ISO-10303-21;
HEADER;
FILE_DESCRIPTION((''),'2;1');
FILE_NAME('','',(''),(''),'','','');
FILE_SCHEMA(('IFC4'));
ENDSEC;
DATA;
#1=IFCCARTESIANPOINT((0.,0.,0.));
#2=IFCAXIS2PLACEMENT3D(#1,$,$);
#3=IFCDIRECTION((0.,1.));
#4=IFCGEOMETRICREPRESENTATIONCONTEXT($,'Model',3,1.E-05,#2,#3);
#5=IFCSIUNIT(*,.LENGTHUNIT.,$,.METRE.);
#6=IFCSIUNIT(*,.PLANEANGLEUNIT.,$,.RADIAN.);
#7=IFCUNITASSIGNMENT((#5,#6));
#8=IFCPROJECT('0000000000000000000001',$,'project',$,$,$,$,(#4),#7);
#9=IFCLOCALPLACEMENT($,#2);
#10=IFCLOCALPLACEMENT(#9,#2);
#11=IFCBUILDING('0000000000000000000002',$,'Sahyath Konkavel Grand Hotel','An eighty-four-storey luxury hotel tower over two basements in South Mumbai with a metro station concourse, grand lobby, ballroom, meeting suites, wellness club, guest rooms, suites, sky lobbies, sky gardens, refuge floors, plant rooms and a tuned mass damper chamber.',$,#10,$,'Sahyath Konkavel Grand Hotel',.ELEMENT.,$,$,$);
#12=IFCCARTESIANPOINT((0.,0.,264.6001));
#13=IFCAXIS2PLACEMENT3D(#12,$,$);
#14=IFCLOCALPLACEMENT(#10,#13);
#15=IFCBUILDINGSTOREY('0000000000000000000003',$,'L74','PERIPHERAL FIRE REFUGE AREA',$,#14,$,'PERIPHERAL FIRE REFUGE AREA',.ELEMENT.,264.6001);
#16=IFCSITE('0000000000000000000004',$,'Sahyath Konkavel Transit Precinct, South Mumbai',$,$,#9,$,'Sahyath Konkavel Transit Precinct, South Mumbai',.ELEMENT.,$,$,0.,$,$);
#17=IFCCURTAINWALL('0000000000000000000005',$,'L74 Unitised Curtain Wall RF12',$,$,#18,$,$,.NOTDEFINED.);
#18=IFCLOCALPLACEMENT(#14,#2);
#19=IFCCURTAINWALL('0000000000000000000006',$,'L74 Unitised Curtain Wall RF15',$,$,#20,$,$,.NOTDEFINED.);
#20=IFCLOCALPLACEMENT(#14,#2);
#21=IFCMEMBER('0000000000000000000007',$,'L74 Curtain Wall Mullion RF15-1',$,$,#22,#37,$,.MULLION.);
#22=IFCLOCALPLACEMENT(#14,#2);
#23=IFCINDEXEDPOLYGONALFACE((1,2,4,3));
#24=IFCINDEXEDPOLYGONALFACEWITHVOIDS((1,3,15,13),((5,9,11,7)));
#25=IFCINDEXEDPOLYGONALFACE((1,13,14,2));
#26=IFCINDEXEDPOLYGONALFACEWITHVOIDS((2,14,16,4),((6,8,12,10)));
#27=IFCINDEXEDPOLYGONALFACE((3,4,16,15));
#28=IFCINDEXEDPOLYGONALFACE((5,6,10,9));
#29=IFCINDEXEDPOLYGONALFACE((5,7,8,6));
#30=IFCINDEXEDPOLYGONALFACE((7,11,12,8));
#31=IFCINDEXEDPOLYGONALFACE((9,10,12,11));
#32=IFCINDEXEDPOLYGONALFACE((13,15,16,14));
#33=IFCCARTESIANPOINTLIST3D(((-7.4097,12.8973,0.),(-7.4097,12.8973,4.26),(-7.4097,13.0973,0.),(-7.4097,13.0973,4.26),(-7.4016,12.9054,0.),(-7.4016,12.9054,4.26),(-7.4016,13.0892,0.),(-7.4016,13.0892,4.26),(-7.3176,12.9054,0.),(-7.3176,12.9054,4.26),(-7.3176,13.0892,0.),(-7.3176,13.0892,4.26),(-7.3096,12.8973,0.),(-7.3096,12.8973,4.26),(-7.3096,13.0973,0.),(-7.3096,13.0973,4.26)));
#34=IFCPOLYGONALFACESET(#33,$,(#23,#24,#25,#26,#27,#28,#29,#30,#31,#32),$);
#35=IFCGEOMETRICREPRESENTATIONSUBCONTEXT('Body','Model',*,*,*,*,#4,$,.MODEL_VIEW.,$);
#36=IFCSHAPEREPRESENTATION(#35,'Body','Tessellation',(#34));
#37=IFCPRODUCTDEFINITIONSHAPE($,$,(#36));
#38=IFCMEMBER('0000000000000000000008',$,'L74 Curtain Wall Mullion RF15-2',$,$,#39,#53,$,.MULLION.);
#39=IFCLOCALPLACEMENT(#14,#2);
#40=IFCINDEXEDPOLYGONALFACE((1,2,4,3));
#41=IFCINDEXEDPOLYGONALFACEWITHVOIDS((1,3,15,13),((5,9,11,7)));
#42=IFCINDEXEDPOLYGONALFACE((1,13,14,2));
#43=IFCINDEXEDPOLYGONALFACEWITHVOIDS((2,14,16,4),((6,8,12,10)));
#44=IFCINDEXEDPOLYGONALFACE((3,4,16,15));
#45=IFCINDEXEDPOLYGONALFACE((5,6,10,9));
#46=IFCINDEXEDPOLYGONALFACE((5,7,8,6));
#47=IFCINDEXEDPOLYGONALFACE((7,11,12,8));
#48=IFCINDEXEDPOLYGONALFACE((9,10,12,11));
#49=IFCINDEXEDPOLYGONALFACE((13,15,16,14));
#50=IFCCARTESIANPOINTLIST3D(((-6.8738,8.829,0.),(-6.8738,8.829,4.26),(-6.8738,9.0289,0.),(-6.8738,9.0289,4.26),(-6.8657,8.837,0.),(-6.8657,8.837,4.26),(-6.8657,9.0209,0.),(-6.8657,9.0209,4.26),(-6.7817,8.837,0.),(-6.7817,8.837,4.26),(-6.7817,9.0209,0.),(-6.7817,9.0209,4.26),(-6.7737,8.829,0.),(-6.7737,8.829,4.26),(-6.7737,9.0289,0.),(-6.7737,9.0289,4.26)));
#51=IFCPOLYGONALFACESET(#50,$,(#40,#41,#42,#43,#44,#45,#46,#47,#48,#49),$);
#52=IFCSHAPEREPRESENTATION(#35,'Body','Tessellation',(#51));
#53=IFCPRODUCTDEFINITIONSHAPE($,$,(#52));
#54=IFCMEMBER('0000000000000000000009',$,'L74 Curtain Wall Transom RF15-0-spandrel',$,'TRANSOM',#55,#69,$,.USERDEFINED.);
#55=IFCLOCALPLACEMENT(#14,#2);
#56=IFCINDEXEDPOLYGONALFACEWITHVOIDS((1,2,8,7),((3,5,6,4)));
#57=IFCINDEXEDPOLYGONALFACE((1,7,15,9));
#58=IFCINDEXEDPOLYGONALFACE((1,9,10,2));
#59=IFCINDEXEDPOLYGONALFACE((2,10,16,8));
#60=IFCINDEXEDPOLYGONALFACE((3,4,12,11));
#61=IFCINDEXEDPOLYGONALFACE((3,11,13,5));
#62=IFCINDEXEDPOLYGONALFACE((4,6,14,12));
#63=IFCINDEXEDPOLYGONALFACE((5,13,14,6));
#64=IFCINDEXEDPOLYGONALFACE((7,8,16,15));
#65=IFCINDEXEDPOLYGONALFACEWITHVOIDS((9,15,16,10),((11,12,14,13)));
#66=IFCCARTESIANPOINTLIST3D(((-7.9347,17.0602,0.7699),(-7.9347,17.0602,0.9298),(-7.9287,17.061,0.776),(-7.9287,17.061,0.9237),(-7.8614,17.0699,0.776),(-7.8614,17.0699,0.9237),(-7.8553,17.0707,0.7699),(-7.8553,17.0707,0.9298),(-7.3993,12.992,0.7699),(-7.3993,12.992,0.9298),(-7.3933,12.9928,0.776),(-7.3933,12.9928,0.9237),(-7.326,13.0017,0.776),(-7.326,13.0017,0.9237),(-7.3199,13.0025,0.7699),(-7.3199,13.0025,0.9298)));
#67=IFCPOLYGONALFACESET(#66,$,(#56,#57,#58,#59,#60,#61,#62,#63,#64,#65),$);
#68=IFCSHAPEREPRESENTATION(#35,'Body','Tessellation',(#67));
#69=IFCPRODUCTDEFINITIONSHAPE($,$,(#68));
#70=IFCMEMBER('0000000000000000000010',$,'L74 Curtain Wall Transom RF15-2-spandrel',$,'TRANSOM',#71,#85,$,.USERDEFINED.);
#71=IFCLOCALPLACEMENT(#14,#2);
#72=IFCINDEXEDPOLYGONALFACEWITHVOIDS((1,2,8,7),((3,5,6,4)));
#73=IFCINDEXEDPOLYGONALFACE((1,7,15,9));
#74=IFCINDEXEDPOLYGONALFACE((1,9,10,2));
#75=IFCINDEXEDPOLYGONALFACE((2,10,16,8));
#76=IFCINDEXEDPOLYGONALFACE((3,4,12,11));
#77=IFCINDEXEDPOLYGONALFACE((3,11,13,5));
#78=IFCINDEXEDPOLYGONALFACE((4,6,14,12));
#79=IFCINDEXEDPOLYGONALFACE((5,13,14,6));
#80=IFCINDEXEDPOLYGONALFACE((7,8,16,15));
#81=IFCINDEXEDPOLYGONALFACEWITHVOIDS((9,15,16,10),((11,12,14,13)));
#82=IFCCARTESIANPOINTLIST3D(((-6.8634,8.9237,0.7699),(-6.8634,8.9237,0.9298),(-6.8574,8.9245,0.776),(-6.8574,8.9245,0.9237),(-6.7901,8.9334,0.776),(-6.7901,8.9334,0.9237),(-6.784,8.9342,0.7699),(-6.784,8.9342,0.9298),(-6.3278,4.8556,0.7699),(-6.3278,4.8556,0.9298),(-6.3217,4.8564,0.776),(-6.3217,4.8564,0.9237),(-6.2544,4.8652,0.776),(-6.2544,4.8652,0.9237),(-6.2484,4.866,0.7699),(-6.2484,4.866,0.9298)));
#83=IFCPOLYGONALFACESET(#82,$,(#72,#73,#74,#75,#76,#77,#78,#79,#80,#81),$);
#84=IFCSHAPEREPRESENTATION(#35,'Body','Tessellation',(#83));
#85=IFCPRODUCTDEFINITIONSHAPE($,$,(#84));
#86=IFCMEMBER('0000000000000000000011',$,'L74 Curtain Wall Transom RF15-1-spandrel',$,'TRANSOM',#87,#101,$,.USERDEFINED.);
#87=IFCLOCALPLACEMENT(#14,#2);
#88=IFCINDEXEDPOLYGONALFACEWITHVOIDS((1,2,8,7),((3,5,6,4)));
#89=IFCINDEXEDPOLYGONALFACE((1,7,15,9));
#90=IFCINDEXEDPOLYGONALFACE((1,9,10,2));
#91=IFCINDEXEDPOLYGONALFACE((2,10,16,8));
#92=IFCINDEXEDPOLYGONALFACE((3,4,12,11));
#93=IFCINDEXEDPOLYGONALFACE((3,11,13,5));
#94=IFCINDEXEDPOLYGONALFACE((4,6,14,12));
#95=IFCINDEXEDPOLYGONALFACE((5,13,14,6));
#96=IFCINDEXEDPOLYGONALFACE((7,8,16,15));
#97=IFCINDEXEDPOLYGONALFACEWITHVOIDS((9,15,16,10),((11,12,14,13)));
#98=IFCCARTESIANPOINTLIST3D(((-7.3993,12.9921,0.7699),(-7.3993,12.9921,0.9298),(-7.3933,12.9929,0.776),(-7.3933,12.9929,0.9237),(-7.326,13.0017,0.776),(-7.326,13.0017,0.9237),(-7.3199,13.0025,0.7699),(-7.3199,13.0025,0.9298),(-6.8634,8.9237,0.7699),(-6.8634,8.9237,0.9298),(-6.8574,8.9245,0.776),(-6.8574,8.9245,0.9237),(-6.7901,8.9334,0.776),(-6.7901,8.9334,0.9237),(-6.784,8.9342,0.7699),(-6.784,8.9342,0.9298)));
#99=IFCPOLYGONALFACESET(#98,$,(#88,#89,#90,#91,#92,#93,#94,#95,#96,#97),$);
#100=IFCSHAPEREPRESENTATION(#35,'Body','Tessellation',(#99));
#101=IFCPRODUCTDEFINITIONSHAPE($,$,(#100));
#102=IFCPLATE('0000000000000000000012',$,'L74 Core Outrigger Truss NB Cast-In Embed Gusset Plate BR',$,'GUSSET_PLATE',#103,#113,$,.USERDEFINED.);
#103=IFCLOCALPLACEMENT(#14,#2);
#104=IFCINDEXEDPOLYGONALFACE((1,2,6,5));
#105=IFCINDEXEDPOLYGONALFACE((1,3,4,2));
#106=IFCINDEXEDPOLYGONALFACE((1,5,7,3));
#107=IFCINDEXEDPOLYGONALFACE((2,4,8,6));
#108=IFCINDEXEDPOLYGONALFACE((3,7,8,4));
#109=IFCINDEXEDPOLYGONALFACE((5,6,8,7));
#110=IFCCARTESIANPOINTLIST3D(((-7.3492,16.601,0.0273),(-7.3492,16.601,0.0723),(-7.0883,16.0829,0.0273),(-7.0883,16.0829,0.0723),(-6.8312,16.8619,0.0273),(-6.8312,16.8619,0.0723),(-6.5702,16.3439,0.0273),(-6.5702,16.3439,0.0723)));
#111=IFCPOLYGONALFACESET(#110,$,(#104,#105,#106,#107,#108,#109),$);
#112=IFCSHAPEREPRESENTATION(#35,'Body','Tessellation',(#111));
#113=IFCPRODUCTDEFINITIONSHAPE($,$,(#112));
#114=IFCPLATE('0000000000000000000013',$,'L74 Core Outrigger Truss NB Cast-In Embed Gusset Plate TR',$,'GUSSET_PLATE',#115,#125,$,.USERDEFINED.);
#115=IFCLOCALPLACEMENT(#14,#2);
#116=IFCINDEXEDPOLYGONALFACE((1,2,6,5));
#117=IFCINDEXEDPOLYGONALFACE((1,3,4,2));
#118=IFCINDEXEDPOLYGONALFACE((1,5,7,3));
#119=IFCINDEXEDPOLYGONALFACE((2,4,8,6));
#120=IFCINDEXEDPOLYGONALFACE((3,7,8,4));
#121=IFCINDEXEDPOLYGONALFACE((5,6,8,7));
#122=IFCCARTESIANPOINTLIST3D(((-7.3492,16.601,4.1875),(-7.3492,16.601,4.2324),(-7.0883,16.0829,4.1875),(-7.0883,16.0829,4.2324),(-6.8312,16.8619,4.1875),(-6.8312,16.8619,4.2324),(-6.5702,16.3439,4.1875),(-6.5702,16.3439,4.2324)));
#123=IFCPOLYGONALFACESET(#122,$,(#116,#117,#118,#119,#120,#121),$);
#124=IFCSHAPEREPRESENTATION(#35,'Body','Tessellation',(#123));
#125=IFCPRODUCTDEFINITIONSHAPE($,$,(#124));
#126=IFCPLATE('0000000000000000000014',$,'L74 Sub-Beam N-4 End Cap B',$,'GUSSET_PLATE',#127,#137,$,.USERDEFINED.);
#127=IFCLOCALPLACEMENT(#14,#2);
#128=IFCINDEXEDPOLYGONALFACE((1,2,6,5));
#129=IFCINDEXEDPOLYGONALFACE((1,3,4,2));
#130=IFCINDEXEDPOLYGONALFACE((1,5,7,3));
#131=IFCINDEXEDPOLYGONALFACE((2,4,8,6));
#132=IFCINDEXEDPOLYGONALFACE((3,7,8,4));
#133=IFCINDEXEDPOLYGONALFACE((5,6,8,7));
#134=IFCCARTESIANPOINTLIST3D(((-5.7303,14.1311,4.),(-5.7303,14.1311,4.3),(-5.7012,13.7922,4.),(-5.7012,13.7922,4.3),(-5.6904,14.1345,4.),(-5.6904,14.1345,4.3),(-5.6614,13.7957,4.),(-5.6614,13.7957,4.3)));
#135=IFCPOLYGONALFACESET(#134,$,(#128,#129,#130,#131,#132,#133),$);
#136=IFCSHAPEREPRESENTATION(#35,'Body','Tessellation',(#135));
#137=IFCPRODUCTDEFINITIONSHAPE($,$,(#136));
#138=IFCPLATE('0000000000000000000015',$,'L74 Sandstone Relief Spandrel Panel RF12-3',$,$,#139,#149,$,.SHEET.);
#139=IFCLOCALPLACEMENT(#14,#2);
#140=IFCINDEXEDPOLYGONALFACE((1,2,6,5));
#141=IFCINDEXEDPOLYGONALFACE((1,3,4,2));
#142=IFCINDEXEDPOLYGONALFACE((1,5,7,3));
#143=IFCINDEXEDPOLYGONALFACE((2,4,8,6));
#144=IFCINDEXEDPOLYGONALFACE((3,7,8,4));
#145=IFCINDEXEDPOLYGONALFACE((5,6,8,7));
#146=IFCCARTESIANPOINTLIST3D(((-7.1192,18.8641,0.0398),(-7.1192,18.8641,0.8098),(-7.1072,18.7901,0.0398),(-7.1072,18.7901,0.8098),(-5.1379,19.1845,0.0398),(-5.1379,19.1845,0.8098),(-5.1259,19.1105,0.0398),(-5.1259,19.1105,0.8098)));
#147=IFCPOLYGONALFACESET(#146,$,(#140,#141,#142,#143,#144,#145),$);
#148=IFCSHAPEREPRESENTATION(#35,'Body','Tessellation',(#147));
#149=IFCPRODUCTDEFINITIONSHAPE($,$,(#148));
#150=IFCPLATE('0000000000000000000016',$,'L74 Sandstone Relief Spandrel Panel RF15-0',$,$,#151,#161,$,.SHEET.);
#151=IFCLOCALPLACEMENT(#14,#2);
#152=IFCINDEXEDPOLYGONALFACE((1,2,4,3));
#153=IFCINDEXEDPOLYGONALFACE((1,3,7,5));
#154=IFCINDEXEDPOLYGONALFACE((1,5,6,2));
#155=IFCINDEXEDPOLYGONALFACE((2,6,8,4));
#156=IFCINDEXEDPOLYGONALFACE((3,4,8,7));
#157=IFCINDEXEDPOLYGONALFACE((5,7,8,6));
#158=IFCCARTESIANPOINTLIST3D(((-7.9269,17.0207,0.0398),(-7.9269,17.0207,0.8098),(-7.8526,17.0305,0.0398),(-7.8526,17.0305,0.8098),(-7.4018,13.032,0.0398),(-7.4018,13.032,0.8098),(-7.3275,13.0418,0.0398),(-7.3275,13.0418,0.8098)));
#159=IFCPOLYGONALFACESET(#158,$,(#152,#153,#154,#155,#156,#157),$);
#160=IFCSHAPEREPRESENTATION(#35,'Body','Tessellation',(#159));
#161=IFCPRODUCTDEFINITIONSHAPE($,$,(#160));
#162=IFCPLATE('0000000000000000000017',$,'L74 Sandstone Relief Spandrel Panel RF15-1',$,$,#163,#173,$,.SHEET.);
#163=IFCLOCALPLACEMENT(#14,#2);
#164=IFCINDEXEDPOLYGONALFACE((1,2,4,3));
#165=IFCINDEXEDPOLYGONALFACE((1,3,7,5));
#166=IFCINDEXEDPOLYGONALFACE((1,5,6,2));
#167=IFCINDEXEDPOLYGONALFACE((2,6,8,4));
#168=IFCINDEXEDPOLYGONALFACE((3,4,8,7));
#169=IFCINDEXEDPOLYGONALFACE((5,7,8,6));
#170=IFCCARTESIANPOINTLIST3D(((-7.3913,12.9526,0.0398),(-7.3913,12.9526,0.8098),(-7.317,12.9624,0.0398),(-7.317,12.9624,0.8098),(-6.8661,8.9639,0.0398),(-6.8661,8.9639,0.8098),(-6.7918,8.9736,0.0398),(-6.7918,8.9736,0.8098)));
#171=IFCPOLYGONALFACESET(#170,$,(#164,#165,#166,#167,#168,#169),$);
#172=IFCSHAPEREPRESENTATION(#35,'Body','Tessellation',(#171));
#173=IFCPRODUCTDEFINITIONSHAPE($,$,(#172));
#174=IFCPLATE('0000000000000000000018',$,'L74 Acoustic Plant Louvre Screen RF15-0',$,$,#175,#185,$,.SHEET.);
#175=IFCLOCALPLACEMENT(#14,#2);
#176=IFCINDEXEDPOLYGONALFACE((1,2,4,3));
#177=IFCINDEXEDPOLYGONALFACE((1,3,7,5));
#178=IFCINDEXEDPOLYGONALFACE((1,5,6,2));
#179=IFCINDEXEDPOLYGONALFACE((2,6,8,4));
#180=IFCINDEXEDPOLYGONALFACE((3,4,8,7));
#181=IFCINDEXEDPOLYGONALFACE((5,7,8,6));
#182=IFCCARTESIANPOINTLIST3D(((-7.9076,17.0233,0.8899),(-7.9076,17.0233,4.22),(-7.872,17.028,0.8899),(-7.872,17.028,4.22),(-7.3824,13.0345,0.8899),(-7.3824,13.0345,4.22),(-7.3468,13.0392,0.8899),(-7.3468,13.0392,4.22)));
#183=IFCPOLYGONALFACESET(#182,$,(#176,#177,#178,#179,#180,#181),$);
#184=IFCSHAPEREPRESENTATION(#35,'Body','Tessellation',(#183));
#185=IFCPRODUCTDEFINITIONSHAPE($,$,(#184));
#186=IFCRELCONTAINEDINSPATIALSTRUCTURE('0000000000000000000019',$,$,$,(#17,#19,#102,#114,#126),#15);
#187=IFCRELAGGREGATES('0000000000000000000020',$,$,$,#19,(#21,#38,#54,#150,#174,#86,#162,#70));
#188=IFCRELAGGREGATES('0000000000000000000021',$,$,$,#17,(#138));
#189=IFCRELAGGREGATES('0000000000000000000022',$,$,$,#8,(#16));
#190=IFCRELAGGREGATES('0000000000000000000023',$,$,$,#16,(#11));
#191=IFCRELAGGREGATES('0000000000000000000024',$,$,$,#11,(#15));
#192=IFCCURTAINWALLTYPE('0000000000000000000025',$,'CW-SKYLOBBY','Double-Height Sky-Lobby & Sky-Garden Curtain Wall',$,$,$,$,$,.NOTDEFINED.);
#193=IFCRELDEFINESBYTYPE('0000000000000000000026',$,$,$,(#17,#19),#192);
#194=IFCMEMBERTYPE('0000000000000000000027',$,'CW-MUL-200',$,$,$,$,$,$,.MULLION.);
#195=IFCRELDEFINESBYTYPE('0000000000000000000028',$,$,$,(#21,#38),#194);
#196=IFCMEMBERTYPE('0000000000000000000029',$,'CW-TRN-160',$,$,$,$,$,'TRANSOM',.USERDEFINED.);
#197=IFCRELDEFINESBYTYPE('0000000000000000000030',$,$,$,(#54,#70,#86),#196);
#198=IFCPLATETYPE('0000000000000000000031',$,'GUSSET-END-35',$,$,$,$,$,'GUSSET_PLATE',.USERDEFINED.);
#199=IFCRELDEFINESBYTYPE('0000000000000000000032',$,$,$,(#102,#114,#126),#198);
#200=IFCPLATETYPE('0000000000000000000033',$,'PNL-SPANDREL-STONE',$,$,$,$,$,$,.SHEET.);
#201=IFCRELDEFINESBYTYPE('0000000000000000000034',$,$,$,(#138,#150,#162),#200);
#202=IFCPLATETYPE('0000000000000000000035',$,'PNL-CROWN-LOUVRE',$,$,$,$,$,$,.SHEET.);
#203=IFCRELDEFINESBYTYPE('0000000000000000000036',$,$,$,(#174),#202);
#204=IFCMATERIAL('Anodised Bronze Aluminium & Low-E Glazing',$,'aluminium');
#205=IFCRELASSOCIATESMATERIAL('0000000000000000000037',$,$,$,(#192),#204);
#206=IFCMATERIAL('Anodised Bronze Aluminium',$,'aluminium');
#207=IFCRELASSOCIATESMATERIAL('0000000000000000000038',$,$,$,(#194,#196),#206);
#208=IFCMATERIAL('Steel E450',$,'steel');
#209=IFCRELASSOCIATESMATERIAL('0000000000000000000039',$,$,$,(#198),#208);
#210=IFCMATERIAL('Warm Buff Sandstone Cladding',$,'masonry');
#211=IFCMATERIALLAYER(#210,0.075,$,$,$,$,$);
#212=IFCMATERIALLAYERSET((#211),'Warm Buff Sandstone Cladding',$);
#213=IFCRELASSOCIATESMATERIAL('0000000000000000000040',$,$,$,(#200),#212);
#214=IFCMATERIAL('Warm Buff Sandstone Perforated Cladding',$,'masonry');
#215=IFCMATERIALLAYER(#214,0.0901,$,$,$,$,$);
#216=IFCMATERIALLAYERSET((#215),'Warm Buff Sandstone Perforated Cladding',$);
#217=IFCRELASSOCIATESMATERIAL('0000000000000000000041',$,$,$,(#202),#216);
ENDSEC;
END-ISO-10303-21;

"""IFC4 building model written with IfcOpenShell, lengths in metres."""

from ifc_helpers import new_model, si_unit, direction, frame, origin, origin_2d, place, context, subcontext, project, spatial, rectangle, hollow_rectangle, extrude, source, transform, mapped, material, layer, layer_set, material_profile, profile_set, type_object, element, aggregate, save


model = new_model("IFC4")

# Units and contexts
model_context = context("Model", 3, precision=1e-05, world=origin(), true_north=direction((0.0, 1.0)))
body_context = subcontext(model_context, "Body", "Model", "MODEL_VIEW")
ifc_project = project(units=[si_unit("LENGTHUNIT", "METRE"), si_unit("PLANEANGLEUNIT", "RADIAN")], contexts=[model_context])

# Site, building, storey
site_placement = place(None, origin())
site = spatial("IfcSite", under=ifc_project, at=site_placement, Name="Sahyath Konkavel Transit Precinct, South Mumbai", LongName="Sahyath Konkavel Transit Precinct, South Mumbai", CompositionType="ELEMENT", RefElevation=0.0)
building_placement = place(site_placement, origin())
building = spatial("IfcBuilding", under=site, at=building_placement, Name="Sahyath Konkavel Grand Hotel", Description="An eighty-four-storey luxury hotel tower over two basements in South Mumbai with a metro station concourse, grand lobby, ballroom, meeting suites, wellness club, guest rooms, suites, sky lobbies, sky gardens, refuge floors, plant rooms and a tuned mass damper chamber.", LongName="Sahyath Konkavel Grand Hotel", CompositionType="ELEMENT")
storey_placement = place(building_placement, frame((0.0, 0.0, 264.6001)))
storey = spatial("IfcBuildingStorey", under=building, at=storey_placement, Name="L74", Description="PERIPHERAL FIRE REFUGE AREA", LongName="PERIPHERAL FIRE REFUGE AREA", CompositionType="ELEMENT", Elevation=264.6001)

# Shared definitions
ifc_material_1 = material(Name="Steel E450", Category="steel")

# Curtain wall
ifc_material_2 = material(Name="Anodised Bronze Aluminium & Low-E Glazing", Category="aluminium")
curtain_wall_type = type_object("IfcCurtainWallType", Name="CW-SKYLOBBY", Description="Double-Height Sky-Lobby & Sky-Garden Curtain Wall", PredefinedType="NOTDEFINED", material=ifc_material_2)
curtain_wall_1_placement = place(storey_placement, origin())
curtain_wall_1 = element("IfcCurtainWall", 1, at=curtain_wall_1_placement, inside=storey, type_object=curtain_wall_type, Name="L74 Unitised Curtain Wall RF12", PredefinedType="NOTDEFINED")
ifc_material_3 = material(Name="Anodised Bronze Aluminium", Category="aluminium")
ifc_material_profile_1 = material_profile(ifc_material_3, hollow_rectangle(XDim=0.1001, YDim=0.2, WallThickness=0.0081, at=origin_2d()), Name="RHS 200x100x8")
ifc_profile_set_1 = profile_set([ifc_material_profile_1], Name="Anodised Bronze Aluminium")
member_type_1 = type_object("IfcMemberType", Name="CW-MUL-200", PredefinedType="MULLION", material=ifc_profile_set_1)
shared_shape_1 = source(origin(), body_context, "Body", "SweptSolid", [
    extrude(hollow_rectangle(XDim=0.1001, YDim=0.2, WallThickness=0.0081, at=origin_2d()), origin(), (0.0, 0.0, 1.0), 4.26),
])

# Curtain wall, members
curtain_wall_2_placement = place(storey_placement, origin())
curtain_wall_2 = element("IfcCurtainWall", 2, at=curtain_wall_2_placement, inside=storey, type_object=curtain_wall_type, Name="L74 Unitised Curtain Wall RF15", PredefinedType="NOTDEFINED")
member_1_placement = place(storey_placement, frame((-7.3596, 12.9973, 0.0), z_axis=(0.0, 0.0, 1.0), x_axis=(1.0, 0.0, 0.0)))
member_1 = element("IfcMember", 3, at=member_1_placement, type_object=member_type_1, Name="L74 Curtain Wall Mullion RF15-1", PredefinedType="MULLION", context=body_context, shape_type="MappedRepresentation", body=[
    mapped(shared_shape_1, transform((0.0, 0.0, 0.0), scale=1.0)),
])
member_2_placement = place(storey_placement, frame((-6.8237, 8.929, 0.0), z_axis=(0.0, 0.0, 1.0), x_axis=(1.0, 0.0, 0.0)))
member_2 = element("IfcMember", 4, at=member_2_placement, type_object=member_type_1, Name="L74 Curtain Wall Mullion RF15-2", PredefinedType="MULLION", context=body_context, shape_type="MappedRepresentation", body=[
    mapped(shared_shape_1, transform((0.0, 0.0, 0.0), scale=1.0)),
])
ifc_material_profile_2 = material_profile(ifc_material_3, hollow_rectangle(XDim=0.0801, YDim=0.1599, WallThickness=0.0061, at=origin_2d()), Name="RHS 160x80x6")
ifc_profile_set_2 = profile_set([ifc_material_profile_2], Name="Anodised Bronze Aluminium")
member_type_2 = type_object("IfcMemberType", Name="CW-TRN-160", ElementType="TRANSOM", PredefinedType="USERDEFINED", material=ifc_profile_set_2)
shared_shape_2 = source(origin(), body_context, "Body", "SweptSolid", [
    extrude(hollow_rectangle(XDim=0.0801, YDim=0.1599, WallThickness=0.0061, at=origin_2d()), origin(), (0.0, 0.0, 1.0), 4.1033),
])
member_3_placement = place(storey_placement, frame((-7.895, 17.0654, 0.8499), z_axis=(0.130484, -0.99145, 0.0), x_axis=(0.99145, 0.130484, 0.0)))
member_3 = element("IfcMember", 5, at=member_3_placement, type_object=member_type_2, Name="L74 Curtain Wall Transom RF15-0-spandrel", ObjectType="TRANSOM", PredefinedType="USERDEFINED", context=body_context, shape_type="MappedRepresentation", body=[
    mapped(shared_shape_2, transform((0.0, 0.0, 0.0), scale=1.0)),
])
member_4_placement = place(storey_placement, frame((-6.8237, 8.929, 0.8499), z_axis=(0.130542, -0.991443, 0.0), x_axis=(0.991443, 0.130542, 0.0)))
member_4 = element("IfcMember", 6, at=member_4_placement, type_object=member_type_2, Name="L74 Curtain Wall Transom RF15-2-spandrel", ObjectType="TRANSOM", PredefinedType="USERDEFINED", context=body_context, shape_type="MappedRepresentation", body=[
    mapped(shared_shape_2, transform((0.0, 0.0, 0.0), scale=1.0)),
])
shared_shape_3 = source(origin(), body_context, "Body", "SweptSolid", [
    extrude(hollow_rectangle(XDim=0.0801, YDim=0.1599, WallThickness=0.0061, at=origin_2d()), origin(), (0.0, 0.0, 1.0), 4.1035),
])
member_5_placement = place(storey_placement, frame((-7.3596, 12.9973, 0.8499), z_axis=(0.130593, -0.991436, 0.0), x_axis=(0.991436, 0.130593, 0.0)))
member_5 = element("IfcMember", 7, at=member_5_placement, type_object=member_type_2, Name="L74 Curtain Wall Transom RF15-1-spandrel", ObjectType="TRANSOM", PredefinedType="USERDEFINED", context=body_context, shape_type="MappedRepresentation", body=[
    mapped(shared_shape_3, transform((0.0, 0.0, 0.0), scale=1.0)),
])

# Plates
plate_type_1 = type_object("IfcPlateType", Name="GUSSET-END-35", ElementType="GUSSET_PLATE", PredefinedType="USERDEFINED", material=ifc_material_1)
shared_shape_4 = source(origin(), body_context, "Body", "SweptSolid", [
    extrude(rectangle(XDim=0.5801, YDim=0.5801, at=origin_2d()), origin(), (0.0, 0.0, 1.0), 0.0449),
])
for number, where, z_axis, x_axis, name in (
    (8, (-6.9597, 16.4724, 0.0273), (0.0, 0.0, 1.0), (-0.449865, 0.893097, 0.0), "L74 Core Outrigger Truss NB Cast-In Embed Gusset Plate BR"),
    (9, (-6.9597, 16.4724, 4.1875), (0.0, 0.0, 1.0), (-0.449865, 0.893097, 0.0), "L74 Core Outrigger Truss NB Cast-In Embed Gusset Plate TR"),
):
    element("IfcPlate", number, at=place(storey_placement, frame(where, z_axis=z_axis, x_axis=x_axis)), inside=storey, type_object=plate_type_1, Name=name, ObjectType="GUSSET_PLATE", PredefinedType="USERDEFINED", context=body_context, shape_type="MappedRepresentation", body=[
        mapped(shared_shape_4, transform((0.0, 0.0, 0.0), scale=1.0)),
    ])
shared_shape_5 = source(origin(), body_context, "Body", "SweptSolid", [
    extrude(rectangle(XDim=0.04, YDim=0.3401, at=origin_2d()), origin(), (0.0, 0.0, 1.0), 0.3),
])
plate_1_placement = place(storey_placement, frame((-5.6958, 13.9634, 4.0), z_axis=(0.0, 0.0, 1.0), x_axis=(-0.996356, -0.085295, 0.0)))
element("IfcPlate", 10, at=plate_1_placement, inside=storey, type_object=plate_type_1, Name="L74 Sub-Beam N-4 End Cap B", ObjectType="GUSSET_PLATE", PredefinedType="USERDEFINED", context=body_context, shape_type="MappedRepresentation", body=[
    mapped(shared_shape_5, transform((0.0, 0.0, 0.0), scale=1.0)),
])

# Plates
ifc_material_4 = material(Name="Warm Buff Sandstone Cladding", Category="masonry")
ifc_layer_1 = layer(ifc_material_4, 0.075)
ifc_layer_set_1 = layer_set([ifc_layer_1], Name="Warm Buff Sandstone Cladding")
plate_type_2 = type_object("IfcPlateType", Name="PNL-SPANDREL-STONE", PredefinedType="SHEET", material=ifc_layer_set_1)
shared_shape_6 = source(origin(), body_context, "Body", "SweptSolid", [
    extrude(rectangle(XDim=2.0071, YDim=0.075, at=origin_2d()), origin(), (0.0, 0.0, 1.0), 0.77),
])
plate_2_placement = place(storey_placement, frame((-6.1226, 18.9873, 0.0398), z_axis=(0.0, 0.0, 1.0), x_axis=(-0.987178, -0.159623, 0.0)))
plate_2 = element("IfcPlate", 11, at=plate_2_placement, type_object=plate_type_2, Name="L74 Sandstone Relief Spandrel Panel RF12-3", PredefinedType="SHEET", context=body_context, shape_type="MappedRepresentation", body=[
    mapped(shared_shape_6, transform((0.0, 0.0, 0.0), scale=1.0)),
])
shared_shape_7 = source(origin(), body_context, "Body", "SweptSolid", [
    extrude(rectangle(XDim=4.0232, YDim=0.075, at=origin_2d()), origin(), (0.0, 0.0, 1.0), 0.77),
])
plate_3_placement = place(storey_placement, frame((-7.6272, 15.0312, 0.0398), z_axis=(0.0, 0.0, 1.0), x_axis=(0.130526, -0.991445, 0.0)))
plate_3 = element("IfcPlate", 12, at=plate_3_placement, type_object=plate_type_2, Name="L74 Sandstone Relief Spandrel Panel RF15-0", PredefinedType="SHEET", context=body_context, shape_type="MappedRepresentation", body=[
    mapped(shared_shape_7, transform((0.0, 0.0, 0.0), scale=1.0)),
])
plate_4_placement = place(storey_placement, frame((-7.0916, 10.9631, 0.0398), z_axis=(0.0, 0.0, 1.0), x_axis=(0.130526, -0.991445, 0.0)))
plate_4 = element("IfcPlate", 13, at=plate_4_placement, type_object=plate_type_2, Name="L74 Sandstone Relief Spandrel Panel RF15-1", PredefinedType="SHEET", context=body_context, shape_type="MappedRepresentation", body=[
    mapped(shared_shape_7, transform((0.0, 0.0, 0.0), scale=1.0)),
])
ifc_material_5 = material(Name="Warm Buff Sandstone Perforated Cladding", Category="masonry")
ifc_layer_2 = layer(ifc_material_5, 0.0901)
ifc_layer_set_2 = layer_set([ifc_layer_2], Name="Warm Buff Sandstone Perforated Cladding")
plate_type_3 = type_object("IfcPlateType", Name="PNL-CROWN-LOUVRE", PredefinedType="SHEET", material=ifc_layer_set_2)
shared_shape_8 = source(origin(), body_context, "Body", "SweptSolid", [
    extrude(rectangle(XDim=4.0232, YDim=0.0359, at=origin_2d()), origin(), (0.0, 0.0, 1.0), 3.3301),
])
plate_5_placement = place(storey_placement, frame((-7.6272, 15.0312, 0.8899), z_axis=(0.0, 0.0, 1.0), x_axis=(0.130526, -0.991445, 0.0)))
plate_5 = element("IfcPlate", 14, at=plate_5_placement, type_object=plate_type_3, Name="L74 Acoustic Plant Louvre Screen RF15-0", PredefinedType="SHEET", context=body_context, shape_type="MappedRepresentation", body=[
    mapped(shared_shape_8, transform((0.0, 0.0, 0.0), scale=1.0)),
])
aggregate(curtain_wall_2, [member_1, member_2, member_3, plate_3, plate_5, member_5, plate_4, member_4])
aggregate(curtain_wall_1, [plate_2])

save(model, "model.ifc")
